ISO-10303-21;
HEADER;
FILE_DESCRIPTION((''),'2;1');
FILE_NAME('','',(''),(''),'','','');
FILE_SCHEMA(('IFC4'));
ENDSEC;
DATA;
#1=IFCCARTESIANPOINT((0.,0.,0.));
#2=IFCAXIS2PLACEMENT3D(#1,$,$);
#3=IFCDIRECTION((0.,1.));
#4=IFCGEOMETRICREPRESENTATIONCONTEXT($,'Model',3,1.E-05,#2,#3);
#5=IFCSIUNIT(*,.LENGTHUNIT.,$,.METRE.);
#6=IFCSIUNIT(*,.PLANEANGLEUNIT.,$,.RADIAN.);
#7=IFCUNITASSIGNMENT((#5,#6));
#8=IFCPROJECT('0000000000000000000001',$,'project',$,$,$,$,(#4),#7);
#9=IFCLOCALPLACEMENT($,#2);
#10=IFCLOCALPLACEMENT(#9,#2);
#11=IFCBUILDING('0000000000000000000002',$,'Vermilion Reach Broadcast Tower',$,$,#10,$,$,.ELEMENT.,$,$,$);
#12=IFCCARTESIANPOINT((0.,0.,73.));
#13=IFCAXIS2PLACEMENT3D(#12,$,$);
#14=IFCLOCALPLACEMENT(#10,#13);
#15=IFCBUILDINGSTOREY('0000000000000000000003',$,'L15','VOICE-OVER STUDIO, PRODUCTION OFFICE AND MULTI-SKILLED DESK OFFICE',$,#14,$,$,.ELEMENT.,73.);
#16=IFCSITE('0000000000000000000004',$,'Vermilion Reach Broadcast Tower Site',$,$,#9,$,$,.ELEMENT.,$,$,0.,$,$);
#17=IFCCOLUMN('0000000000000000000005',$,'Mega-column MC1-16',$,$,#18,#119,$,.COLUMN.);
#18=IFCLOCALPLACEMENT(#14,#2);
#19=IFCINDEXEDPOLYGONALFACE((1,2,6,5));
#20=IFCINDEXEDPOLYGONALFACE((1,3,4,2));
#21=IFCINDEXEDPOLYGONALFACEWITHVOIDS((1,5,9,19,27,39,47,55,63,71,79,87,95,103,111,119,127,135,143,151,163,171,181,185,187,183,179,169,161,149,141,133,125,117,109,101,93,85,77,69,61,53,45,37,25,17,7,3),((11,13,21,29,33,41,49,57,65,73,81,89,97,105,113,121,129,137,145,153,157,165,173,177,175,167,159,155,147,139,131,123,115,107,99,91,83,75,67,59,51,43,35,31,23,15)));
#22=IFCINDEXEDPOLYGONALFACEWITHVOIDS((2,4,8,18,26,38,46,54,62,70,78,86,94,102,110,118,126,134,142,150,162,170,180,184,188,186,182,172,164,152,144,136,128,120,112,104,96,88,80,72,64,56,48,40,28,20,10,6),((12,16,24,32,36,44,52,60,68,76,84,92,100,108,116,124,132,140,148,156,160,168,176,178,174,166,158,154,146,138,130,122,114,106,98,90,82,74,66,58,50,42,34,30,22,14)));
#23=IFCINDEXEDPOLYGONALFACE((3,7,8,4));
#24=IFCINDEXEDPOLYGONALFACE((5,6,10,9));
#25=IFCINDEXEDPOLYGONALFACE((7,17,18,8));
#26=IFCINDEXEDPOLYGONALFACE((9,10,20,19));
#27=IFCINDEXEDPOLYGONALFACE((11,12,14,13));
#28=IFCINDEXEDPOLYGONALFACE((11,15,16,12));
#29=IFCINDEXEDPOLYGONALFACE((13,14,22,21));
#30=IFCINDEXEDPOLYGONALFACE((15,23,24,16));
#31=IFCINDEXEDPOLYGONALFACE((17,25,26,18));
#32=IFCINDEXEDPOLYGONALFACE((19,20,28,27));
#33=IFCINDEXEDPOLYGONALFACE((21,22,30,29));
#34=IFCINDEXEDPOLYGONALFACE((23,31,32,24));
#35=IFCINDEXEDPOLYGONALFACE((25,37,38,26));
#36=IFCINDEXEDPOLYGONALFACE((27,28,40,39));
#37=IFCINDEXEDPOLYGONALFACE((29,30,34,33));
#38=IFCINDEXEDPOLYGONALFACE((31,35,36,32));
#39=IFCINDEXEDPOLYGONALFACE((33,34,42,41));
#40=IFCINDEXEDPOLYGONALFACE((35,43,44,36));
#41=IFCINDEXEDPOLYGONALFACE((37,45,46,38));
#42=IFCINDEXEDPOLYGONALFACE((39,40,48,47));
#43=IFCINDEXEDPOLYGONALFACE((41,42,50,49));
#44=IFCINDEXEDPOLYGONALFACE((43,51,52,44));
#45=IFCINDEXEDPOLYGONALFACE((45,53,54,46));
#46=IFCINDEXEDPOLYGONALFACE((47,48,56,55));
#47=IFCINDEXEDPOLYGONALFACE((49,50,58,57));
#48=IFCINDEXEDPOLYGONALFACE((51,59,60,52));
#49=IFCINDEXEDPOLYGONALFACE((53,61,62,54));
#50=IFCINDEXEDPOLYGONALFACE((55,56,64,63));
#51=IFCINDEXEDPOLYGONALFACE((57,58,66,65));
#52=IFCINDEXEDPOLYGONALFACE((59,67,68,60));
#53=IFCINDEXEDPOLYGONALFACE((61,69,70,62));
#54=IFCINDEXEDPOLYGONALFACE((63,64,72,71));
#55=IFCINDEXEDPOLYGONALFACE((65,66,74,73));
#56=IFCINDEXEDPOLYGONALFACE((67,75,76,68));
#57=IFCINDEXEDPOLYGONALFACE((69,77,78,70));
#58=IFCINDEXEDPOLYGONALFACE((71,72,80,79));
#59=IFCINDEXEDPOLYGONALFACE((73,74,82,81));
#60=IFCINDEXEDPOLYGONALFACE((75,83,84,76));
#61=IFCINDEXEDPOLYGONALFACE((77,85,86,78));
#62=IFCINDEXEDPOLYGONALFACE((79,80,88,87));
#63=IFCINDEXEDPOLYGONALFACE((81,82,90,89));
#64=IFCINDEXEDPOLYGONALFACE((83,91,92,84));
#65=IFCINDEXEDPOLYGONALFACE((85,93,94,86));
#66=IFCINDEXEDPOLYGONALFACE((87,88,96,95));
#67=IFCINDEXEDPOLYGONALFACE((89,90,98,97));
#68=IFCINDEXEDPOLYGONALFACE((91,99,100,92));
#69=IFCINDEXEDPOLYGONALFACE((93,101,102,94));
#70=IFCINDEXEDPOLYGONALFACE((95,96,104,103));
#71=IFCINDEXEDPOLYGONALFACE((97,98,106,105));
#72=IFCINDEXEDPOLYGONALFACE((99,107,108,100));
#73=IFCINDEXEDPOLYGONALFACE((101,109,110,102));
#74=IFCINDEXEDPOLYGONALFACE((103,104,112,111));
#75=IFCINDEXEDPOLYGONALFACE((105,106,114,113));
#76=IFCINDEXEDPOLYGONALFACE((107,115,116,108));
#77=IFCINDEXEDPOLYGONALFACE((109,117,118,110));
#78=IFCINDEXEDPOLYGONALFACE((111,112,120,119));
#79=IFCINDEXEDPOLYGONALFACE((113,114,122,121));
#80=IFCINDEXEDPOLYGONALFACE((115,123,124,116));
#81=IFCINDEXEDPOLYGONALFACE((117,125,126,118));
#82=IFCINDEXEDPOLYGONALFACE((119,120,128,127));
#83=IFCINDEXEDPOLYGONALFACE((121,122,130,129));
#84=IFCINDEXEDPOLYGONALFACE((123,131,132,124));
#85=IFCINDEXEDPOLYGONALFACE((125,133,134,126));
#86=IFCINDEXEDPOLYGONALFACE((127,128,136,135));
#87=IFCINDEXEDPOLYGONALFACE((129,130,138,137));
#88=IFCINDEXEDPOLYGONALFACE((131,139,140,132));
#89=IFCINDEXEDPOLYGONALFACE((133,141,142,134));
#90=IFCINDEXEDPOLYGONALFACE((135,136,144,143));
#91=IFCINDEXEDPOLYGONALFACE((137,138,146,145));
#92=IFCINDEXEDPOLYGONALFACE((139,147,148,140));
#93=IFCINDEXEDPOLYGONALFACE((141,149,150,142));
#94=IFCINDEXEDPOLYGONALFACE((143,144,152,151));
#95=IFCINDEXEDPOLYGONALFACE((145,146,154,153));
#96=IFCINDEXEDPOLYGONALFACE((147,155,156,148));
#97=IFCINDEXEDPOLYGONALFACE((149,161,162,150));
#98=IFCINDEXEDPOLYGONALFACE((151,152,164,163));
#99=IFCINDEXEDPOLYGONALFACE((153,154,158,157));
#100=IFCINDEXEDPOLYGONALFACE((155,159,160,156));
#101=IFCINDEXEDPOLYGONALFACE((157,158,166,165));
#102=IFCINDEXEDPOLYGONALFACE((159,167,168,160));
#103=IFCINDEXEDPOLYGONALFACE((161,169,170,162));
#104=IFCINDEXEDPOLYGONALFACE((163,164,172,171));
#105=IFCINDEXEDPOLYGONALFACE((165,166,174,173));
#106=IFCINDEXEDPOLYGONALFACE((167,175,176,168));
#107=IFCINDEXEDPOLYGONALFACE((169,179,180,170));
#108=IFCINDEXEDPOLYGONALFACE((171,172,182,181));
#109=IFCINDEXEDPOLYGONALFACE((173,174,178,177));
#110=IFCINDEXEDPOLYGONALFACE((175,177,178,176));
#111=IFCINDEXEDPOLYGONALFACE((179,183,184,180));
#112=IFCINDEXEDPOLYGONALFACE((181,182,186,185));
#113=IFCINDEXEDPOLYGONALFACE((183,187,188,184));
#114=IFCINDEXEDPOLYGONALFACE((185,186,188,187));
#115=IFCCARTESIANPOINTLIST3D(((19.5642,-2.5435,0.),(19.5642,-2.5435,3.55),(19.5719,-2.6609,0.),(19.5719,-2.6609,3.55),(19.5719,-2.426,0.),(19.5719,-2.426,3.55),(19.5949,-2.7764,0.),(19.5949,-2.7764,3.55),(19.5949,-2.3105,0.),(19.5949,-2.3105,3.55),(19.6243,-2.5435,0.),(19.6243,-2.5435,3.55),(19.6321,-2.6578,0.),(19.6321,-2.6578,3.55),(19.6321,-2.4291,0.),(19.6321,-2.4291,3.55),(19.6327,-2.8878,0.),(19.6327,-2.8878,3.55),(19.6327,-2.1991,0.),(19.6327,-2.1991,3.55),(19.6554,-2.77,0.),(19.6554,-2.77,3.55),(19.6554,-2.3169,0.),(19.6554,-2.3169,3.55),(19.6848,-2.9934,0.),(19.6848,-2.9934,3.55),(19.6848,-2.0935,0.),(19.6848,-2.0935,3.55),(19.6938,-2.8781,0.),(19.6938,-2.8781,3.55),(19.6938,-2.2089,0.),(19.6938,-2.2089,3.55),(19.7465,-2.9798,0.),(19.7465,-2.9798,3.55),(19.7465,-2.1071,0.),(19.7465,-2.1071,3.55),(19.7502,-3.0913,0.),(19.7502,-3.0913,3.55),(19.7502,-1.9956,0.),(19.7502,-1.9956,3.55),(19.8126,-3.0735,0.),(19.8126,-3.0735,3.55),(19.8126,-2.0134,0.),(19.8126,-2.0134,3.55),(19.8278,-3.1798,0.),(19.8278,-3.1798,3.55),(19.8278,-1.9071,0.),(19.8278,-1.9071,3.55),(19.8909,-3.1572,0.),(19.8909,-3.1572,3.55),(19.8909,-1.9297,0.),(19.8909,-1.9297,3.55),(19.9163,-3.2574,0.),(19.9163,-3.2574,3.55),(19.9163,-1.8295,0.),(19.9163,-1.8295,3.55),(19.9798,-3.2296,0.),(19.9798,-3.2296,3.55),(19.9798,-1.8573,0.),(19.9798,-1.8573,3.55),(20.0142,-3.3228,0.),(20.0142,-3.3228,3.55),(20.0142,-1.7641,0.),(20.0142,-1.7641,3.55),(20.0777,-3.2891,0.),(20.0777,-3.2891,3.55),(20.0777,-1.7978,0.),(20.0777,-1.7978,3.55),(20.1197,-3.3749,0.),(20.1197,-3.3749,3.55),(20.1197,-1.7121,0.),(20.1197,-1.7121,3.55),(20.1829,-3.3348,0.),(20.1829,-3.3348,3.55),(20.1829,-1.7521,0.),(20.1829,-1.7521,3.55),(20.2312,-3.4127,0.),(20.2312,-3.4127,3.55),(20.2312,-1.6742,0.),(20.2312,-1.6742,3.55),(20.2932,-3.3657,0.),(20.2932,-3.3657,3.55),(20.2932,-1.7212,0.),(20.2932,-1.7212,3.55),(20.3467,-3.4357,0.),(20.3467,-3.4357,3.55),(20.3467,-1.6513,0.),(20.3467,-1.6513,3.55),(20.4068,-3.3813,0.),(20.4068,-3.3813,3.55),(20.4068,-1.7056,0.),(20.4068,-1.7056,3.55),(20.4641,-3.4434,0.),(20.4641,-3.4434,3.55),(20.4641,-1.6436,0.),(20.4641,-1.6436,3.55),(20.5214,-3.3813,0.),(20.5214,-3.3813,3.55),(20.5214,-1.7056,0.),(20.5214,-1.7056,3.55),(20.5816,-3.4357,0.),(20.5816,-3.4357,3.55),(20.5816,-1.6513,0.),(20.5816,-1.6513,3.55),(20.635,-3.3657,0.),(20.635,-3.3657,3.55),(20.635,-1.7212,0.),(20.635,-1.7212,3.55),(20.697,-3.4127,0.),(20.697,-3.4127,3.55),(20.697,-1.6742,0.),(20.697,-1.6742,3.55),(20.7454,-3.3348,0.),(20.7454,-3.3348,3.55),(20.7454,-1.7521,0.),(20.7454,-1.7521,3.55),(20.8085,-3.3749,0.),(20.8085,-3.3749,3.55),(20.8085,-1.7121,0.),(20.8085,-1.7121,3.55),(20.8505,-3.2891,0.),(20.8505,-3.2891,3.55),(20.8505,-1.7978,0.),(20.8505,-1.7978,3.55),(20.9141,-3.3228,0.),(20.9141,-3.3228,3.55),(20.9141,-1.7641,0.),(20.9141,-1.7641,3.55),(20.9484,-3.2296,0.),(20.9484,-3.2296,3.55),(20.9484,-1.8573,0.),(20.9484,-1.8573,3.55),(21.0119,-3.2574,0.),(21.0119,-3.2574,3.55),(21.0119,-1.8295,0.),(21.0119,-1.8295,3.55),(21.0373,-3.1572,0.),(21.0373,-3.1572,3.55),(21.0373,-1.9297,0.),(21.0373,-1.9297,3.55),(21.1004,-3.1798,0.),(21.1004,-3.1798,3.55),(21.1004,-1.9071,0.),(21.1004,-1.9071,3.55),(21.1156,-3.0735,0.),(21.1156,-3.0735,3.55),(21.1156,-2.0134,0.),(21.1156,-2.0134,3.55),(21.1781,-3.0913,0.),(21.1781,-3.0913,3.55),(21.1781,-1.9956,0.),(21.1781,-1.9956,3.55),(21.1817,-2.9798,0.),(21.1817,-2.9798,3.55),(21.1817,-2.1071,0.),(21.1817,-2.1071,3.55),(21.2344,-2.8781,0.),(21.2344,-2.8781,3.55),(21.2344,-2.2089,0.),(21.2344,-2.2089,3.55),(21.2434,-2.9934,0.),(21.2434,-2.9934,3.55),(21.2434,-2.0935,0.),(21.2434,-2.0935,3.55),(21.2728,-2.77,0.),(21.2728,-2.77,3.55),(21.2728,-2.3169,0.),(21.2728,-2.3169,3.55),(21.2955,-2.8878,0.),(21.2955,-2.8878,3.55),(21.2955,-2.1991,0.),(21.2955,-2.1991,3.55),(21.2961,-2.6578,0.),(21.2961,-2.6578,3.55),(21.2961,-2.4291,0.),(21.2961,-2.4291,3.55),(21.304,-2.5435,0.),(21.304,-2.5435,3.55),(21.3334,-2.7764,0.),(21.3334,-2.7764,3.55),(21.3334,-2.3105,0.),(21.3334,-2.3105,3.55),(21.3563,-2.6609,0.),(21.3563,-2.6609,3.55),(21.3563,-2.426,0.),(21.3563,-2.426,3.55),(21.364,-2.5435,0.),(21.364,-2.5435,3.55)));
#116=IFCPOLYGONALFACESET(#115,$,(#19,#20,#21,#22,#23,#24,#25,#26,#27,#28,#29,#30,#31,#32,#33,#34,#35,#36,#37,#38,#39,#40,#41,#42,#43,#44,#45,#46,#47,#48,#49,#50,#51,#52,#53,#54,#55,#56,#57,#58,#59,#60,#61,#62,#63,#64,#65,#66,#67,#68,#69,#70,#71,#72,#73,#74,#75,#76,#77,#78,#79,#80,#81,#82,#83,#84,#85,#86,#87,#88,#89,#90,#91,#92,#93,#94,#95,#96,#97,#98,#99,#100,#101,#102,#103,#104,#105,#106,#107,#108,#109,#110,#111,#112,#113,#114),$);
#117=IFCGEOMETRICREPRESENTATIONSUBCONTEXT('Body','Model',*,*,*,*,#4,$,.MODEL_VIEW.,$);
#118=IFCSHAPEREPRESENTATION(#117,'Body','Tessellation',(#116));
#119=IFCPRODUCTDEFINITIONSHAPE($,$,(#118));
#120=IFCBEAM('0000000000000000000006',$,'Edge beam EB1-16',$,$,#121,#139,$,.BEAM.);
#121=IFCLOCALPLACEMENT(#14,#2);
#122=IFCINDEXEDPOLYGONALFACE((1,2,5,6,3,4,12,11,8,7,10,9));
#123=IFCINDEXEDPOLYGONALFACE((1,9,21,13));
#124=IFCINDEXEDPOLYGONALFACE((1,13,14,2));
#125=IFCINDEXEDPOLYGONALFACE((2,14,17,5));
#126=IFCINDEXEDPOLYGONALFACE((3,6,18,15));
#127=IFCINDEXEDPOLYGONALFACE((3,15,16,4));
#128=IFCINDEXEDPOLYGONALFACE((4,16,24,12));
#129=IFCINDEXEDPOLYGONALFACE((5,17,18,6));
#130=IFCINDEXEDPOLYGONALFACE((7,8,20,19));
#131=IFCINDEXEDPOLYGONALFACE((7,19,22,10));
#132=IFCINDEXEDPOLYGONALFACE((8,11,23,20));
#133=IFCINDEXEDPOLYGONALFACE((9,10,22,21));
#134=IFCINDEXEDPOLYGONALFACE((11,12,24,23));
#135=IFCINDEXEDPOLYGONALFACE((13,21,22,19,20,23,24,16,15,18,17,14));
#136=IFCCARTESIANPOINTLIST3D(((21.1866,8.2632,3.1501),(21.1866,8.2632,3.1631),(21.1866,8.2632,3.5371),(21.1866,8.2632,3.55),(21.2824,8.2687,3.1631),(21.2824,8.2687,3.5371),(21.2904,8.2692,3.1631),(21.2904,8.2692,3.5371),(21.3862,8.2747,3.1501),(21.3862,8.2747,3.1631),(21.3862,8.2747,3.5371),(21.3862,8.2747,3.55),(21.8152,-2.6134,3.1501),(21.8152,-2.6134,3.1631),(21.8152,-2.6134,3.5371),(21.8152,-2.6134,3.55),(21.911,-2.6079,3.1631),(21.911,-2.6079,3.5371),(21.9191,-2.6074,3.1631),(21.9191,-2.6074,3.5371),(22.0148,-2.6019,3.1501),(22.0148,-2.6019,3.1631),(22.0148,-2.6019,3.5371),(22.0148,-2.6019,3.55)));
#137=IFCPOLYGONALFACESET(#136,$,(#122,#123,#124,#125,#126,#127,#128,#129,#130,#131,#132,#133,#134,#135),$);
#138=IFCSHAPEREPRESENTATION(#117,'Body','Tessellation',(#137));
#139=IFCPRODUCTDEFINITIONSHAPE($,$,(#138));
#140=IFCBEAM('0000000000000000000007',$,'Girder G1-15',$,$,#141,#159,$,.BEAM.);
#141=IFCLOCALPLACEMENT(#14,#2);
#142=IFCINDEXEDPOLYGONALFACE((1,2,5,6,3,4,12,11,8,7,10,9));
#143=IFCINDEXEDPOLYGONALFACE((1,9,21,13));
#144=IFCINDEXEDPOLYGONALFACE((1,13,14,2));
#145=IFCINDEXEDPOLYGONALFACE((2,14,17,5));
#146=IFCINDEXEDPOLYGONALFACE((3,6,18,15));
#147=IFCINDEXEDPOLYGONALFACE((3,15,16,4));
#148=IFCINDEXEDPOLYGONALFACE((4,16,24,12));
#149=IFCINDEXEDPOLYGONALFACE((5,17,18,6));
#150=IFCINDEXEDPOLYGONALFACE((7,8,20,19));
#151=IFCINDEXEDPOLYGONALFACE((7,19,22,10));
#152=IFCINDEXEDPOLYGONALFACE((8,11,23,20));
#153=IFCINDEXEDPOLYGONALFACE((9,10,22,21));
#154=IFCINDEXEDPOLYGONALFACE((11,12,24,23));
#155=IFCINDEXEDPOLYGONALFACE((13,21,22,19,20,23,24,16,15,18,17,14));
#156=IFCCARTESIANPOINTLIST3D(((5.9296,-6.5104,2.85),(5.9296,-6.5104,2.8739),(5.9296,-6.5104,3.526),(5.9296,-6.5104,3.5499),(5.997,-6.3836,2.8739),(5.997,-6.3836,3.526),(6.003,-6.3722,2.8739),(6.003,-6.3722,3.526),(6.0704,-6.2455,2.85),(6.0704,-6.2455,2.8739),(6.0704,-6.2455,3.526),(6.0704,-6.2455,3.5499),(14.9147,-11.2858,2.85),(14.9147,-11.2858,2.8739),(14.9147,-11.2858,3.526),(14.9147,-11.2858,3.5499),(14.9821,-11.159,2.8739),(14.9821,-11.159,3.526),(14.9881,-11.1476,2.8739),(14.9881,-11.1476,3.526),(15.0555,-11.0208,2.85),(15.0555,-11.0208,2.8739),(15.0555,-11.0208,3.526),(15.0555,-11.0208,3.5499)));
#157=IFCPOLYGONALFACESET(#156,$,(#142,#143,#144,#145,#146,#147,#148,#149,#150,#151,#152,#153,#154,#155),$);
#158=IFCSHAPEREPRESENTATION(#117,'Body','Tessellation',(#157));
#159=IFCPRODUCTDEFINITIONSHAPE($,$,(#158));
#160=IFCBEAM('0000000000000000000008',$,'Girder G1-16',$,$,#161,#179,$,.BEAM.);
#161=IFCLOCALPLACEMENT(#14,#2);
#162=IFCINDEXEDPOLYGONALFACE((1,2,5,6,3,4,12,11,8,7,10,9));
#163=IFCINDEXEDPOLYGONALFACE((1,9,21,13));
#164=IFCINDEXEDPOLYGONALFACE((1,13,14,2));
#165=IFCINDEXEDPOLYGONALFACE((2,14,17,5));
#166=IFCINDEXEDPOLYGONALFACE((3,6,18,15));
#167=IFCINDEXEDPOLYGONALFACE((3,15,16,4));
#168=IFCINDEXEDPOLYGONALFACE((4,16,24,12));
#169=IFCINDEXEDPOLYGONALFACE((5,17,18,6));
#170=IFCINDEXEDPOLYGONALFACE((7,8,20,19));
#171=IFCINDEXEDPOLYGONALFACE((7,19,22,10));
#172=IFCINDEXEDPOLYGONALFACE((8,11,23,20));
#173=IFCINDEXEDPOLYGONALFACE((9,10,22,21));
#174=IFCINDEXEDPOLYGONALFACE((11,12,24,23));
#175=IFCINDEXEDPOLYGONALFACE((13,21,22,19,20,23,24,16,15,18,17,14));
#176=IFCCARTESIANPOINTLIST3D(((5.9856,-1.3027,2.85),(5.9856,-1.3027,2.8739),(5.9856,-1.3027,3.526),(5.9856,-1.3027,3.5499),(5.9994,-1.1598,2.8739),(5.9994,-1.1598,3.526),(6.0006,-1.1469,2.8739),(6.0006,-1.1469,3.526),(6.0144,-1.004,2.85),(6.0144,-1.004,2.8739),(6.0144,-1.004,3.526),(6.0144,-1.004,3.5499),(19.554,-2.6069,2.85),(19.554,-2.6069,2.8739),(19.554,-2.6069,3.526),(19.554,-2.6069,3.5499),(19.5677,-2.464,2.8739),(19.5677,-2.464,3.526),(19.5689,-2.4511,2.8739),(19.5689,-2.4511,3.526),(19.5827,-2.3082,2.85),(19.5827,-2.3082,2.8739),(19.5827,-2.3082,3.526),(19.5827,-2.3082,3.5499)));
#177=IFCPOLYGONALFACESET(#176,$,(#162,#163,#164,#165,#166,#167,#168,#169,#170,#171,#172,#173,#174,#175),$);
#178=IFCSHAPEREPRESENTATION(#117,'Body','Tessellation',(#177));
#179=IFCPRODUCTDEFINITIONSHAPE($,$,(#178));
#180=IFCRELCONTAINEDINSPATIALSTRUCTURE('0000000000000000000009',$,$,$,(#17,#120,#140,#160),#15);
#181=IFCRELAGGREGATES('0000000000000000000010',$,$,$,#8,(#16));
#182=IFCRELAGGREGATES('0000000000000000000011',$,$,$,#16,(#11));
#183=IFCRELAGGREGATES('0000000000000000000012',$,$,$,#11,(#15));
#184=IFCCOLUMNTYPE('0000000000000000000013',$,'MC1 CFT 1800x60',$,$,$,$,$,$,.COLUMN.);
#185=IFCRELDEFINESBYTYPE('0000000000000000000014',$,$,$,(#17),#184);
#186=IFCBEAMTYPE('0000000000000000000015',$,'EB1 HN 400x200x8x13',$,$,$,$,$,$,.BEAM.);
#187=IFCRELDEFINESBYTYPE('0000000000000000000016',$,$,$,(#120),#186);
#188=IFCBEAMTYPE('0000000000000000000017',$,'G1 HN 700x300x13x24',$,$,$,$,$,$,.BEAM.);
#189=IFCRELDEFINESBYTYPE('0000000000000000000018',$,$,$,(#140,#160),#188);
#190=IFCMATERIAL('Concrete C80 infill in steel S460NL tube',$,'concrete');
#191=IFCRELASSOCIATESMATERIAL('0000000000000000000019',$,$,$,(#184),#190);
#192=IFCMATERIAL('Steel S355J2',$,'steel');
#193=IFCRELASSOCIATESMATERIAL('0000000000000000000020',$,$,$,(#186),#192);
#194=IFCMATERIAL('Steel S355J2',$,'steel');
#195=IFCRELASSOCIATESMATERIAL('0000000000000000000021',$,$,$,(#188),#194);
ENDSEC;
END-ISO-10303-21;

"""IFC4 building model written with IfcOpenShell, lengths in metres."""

from ifc_helpers import new_model, si_unit, direction, frame, origin, origin_2d, place, context, subcontext, project, spatial, hollow_circle, i_section, extrude, material, material_profile, profile_set, type_object, element, save


model = new_model("IFC4")

# Units and contexts
model_context = context("Model", 3, precision=1e-05, world=origin(), true_north=direction((0.0, 1.0)))
body_context = subcontext(model_context, "Body", "Model", "MODEL_VIEW")
ifc_project = project(units=[si_unit("LENGTHUNIT", "METRE"), si_unit("PLANEANGLEUNIT", "RADIAN")], contexts=[model_context])

# Site, building, storey
site_placement = place(None, origin())
site = spatial("IfcSite", under=ifc_project, at=site_placement, Name="Vermilion Reach Broadcast Tower Site", CompositionType="ELEMENT", RefElevation=0.0)
building_placement = place(site_placement, origin())
building = spatial("IfcBuilding", under=site, at=building_placement, Name="Vermilion Reach Broadcast Tower", CompositionType="ELEMENT")
storey_placement = place(building_placement, frame((0.0, 0.0, 73.0)))
storey = spatial("IfcBuildingStorey", under=building, at=storey_placement, Name="L15", Description="VOICE-OVER STUDIO, PRODUCTION OFFICE AND MULTI-SKILLED DESK OFFICE", CompositionType="ELEMENT", Elevation=73.0)

# Column
ifc_material_1 = material(Name="Concrete C80 infill in steel S460NL tube", Category="concrete")
ifc_material_profile_1 = material_profile(ifc_material_1, hollow_circle(Radius=0.8999, WallThickness=0.0601, at=origin_2d()), Name="Concrete C80 infill in steel S460NL tube CFT 1800x60")
ifc_profile_set_1 = profile_set([ifc_material_profile_1], Name="Concrete C80 infill in steel S460NL tube")
column_type = type_object("IfcColumnType", Name="MC1 CFT 1800x60", PredefinedType="COLUMN", material=ifc_profile_set_1)
column_placement = place(storey_placement, frame((20.4641, -2.5435, 0.0), z_axis=(0.0, 0.0, 1.0), x_axis=(1.0, 0.0, 0.0)))
element("IfcColumn", 1, at=column_placement, inside=storey, type_object=column_type, Name="Mega-column MC1-16", PredefinedType="COLUMN", context=body_context, shape_type="SweptSolid", body=[
    extrude(hollow_circle(Radius=0.8999, WallThickness=0.0601, at=origin_2d()), origin(), (0.0, 0.0, 1.0), 3.55),
])

# Beams
ifc_material_2 = material(Name="Steel S355J2", Category="steel")
ifc_material_profile_2 = material_profile(ifc_material_2, i_section(OverallWidth=0.2, OverallDepth=0.3999, WebThickness=0.0081, FlangeThickness=0.0129, at=origin_2d()), Name="S355J2 HN 400x200x8x13")
ifc_profile_set_2 = profile_set([ifc_material_profile_2], Name="Steel S355J2")
beam_type_1 = type_object("IfcBeamType", Name="EB1 HN 400x200x8x13", PredefinedType="BEAM", material=ifc_profile_set_2)
beam_1_placement = place(storey_placement, frame((21.915, -2.6077, 3.3501), z_axis=(-0.057703, 0.998334, 0.0), x_axis=(-0.998334, -0.057703, 0.0)))
element("IfcBeam", 2, at=beam_1_placement, inside=storey, type_object=beam_type_1, Name="Edge beam EB1-16", PredefinedType="BEAM", context=body_context, shape_type="SweptSolid", body=[
    extrude(i_section(OverallWidth=0.2, OverallDepth=0.3999, WebThickness=0.0081, FlangeThickness=0.0129, at=origin_2d()), origin(), (0.0, 0.0, 1.0), 10.8948),
])
ifc_material_3 = material(Name="Steel S355J2", Category="steel")
ifc_material_profile_3 = material_profile(ifc_material_3, i_section(OverallWidth=0.3, OverallDepth=0.7, WebThickness=0.0129, FlangeThickness=0.0239, at=origin_2d()), Name="S355J2 HN 700x300x13x24")
ifc_profile_set_3 = profile_set([ifc_material_profile_3], Name="Steel S355J2")
beam_type_2 = type_object("IfcBeamType", Name="G1 HN 700x300x13x24", PredefinedType="BEAM", material=ifc_profile_set_3)
beam_2_placement = place(storey_placement, frame((6.0, -6.3779, 3.2), z_axis=(0.883032, -0.469313, 0.0), x_axis=(0.469313, 0.883032, 0.0)))
element("IfcBeam", 3, at=beam_2_placement, inside=storey, type_object=beam_type_2, Name="Girder G1-15", PredefinedType="BEAM", context=body_context, shape_type="SweptSolid", body=[
    extrude(i_section(OverallWidth=0.3, OverallDepth=0.7, WebThickness=0.0129, FlangeThickness=0.0239, at=origin_2d()), origin(), (0.0, 0.0, 1.0), 10.1753),
])
beam_3_placement = place(storey_placement, frame((6.0, -1.1533, 3.2), z_axis=(0.995412, -0.09568, 0.0), x_axis=(0.09568, 0.995412, 0.0)))
element("IfcBeam", 4, at=beam_3_placement, inside=storey, type_object=beam_type_2, Name="Girder G1-16", PredefinedType="BEAM", context=body_context, shape_type="SweptSolid", body=[
    extrude(i_section(OverallWidth=0.3, OverallDepth=0.7, WebThickness=0.0129, FlangeThickness=0.0239, at=origin_2d()), origin(), (0.0, 0.0, 1.0), 13.6309),
])

save(model, "model.ifc")
